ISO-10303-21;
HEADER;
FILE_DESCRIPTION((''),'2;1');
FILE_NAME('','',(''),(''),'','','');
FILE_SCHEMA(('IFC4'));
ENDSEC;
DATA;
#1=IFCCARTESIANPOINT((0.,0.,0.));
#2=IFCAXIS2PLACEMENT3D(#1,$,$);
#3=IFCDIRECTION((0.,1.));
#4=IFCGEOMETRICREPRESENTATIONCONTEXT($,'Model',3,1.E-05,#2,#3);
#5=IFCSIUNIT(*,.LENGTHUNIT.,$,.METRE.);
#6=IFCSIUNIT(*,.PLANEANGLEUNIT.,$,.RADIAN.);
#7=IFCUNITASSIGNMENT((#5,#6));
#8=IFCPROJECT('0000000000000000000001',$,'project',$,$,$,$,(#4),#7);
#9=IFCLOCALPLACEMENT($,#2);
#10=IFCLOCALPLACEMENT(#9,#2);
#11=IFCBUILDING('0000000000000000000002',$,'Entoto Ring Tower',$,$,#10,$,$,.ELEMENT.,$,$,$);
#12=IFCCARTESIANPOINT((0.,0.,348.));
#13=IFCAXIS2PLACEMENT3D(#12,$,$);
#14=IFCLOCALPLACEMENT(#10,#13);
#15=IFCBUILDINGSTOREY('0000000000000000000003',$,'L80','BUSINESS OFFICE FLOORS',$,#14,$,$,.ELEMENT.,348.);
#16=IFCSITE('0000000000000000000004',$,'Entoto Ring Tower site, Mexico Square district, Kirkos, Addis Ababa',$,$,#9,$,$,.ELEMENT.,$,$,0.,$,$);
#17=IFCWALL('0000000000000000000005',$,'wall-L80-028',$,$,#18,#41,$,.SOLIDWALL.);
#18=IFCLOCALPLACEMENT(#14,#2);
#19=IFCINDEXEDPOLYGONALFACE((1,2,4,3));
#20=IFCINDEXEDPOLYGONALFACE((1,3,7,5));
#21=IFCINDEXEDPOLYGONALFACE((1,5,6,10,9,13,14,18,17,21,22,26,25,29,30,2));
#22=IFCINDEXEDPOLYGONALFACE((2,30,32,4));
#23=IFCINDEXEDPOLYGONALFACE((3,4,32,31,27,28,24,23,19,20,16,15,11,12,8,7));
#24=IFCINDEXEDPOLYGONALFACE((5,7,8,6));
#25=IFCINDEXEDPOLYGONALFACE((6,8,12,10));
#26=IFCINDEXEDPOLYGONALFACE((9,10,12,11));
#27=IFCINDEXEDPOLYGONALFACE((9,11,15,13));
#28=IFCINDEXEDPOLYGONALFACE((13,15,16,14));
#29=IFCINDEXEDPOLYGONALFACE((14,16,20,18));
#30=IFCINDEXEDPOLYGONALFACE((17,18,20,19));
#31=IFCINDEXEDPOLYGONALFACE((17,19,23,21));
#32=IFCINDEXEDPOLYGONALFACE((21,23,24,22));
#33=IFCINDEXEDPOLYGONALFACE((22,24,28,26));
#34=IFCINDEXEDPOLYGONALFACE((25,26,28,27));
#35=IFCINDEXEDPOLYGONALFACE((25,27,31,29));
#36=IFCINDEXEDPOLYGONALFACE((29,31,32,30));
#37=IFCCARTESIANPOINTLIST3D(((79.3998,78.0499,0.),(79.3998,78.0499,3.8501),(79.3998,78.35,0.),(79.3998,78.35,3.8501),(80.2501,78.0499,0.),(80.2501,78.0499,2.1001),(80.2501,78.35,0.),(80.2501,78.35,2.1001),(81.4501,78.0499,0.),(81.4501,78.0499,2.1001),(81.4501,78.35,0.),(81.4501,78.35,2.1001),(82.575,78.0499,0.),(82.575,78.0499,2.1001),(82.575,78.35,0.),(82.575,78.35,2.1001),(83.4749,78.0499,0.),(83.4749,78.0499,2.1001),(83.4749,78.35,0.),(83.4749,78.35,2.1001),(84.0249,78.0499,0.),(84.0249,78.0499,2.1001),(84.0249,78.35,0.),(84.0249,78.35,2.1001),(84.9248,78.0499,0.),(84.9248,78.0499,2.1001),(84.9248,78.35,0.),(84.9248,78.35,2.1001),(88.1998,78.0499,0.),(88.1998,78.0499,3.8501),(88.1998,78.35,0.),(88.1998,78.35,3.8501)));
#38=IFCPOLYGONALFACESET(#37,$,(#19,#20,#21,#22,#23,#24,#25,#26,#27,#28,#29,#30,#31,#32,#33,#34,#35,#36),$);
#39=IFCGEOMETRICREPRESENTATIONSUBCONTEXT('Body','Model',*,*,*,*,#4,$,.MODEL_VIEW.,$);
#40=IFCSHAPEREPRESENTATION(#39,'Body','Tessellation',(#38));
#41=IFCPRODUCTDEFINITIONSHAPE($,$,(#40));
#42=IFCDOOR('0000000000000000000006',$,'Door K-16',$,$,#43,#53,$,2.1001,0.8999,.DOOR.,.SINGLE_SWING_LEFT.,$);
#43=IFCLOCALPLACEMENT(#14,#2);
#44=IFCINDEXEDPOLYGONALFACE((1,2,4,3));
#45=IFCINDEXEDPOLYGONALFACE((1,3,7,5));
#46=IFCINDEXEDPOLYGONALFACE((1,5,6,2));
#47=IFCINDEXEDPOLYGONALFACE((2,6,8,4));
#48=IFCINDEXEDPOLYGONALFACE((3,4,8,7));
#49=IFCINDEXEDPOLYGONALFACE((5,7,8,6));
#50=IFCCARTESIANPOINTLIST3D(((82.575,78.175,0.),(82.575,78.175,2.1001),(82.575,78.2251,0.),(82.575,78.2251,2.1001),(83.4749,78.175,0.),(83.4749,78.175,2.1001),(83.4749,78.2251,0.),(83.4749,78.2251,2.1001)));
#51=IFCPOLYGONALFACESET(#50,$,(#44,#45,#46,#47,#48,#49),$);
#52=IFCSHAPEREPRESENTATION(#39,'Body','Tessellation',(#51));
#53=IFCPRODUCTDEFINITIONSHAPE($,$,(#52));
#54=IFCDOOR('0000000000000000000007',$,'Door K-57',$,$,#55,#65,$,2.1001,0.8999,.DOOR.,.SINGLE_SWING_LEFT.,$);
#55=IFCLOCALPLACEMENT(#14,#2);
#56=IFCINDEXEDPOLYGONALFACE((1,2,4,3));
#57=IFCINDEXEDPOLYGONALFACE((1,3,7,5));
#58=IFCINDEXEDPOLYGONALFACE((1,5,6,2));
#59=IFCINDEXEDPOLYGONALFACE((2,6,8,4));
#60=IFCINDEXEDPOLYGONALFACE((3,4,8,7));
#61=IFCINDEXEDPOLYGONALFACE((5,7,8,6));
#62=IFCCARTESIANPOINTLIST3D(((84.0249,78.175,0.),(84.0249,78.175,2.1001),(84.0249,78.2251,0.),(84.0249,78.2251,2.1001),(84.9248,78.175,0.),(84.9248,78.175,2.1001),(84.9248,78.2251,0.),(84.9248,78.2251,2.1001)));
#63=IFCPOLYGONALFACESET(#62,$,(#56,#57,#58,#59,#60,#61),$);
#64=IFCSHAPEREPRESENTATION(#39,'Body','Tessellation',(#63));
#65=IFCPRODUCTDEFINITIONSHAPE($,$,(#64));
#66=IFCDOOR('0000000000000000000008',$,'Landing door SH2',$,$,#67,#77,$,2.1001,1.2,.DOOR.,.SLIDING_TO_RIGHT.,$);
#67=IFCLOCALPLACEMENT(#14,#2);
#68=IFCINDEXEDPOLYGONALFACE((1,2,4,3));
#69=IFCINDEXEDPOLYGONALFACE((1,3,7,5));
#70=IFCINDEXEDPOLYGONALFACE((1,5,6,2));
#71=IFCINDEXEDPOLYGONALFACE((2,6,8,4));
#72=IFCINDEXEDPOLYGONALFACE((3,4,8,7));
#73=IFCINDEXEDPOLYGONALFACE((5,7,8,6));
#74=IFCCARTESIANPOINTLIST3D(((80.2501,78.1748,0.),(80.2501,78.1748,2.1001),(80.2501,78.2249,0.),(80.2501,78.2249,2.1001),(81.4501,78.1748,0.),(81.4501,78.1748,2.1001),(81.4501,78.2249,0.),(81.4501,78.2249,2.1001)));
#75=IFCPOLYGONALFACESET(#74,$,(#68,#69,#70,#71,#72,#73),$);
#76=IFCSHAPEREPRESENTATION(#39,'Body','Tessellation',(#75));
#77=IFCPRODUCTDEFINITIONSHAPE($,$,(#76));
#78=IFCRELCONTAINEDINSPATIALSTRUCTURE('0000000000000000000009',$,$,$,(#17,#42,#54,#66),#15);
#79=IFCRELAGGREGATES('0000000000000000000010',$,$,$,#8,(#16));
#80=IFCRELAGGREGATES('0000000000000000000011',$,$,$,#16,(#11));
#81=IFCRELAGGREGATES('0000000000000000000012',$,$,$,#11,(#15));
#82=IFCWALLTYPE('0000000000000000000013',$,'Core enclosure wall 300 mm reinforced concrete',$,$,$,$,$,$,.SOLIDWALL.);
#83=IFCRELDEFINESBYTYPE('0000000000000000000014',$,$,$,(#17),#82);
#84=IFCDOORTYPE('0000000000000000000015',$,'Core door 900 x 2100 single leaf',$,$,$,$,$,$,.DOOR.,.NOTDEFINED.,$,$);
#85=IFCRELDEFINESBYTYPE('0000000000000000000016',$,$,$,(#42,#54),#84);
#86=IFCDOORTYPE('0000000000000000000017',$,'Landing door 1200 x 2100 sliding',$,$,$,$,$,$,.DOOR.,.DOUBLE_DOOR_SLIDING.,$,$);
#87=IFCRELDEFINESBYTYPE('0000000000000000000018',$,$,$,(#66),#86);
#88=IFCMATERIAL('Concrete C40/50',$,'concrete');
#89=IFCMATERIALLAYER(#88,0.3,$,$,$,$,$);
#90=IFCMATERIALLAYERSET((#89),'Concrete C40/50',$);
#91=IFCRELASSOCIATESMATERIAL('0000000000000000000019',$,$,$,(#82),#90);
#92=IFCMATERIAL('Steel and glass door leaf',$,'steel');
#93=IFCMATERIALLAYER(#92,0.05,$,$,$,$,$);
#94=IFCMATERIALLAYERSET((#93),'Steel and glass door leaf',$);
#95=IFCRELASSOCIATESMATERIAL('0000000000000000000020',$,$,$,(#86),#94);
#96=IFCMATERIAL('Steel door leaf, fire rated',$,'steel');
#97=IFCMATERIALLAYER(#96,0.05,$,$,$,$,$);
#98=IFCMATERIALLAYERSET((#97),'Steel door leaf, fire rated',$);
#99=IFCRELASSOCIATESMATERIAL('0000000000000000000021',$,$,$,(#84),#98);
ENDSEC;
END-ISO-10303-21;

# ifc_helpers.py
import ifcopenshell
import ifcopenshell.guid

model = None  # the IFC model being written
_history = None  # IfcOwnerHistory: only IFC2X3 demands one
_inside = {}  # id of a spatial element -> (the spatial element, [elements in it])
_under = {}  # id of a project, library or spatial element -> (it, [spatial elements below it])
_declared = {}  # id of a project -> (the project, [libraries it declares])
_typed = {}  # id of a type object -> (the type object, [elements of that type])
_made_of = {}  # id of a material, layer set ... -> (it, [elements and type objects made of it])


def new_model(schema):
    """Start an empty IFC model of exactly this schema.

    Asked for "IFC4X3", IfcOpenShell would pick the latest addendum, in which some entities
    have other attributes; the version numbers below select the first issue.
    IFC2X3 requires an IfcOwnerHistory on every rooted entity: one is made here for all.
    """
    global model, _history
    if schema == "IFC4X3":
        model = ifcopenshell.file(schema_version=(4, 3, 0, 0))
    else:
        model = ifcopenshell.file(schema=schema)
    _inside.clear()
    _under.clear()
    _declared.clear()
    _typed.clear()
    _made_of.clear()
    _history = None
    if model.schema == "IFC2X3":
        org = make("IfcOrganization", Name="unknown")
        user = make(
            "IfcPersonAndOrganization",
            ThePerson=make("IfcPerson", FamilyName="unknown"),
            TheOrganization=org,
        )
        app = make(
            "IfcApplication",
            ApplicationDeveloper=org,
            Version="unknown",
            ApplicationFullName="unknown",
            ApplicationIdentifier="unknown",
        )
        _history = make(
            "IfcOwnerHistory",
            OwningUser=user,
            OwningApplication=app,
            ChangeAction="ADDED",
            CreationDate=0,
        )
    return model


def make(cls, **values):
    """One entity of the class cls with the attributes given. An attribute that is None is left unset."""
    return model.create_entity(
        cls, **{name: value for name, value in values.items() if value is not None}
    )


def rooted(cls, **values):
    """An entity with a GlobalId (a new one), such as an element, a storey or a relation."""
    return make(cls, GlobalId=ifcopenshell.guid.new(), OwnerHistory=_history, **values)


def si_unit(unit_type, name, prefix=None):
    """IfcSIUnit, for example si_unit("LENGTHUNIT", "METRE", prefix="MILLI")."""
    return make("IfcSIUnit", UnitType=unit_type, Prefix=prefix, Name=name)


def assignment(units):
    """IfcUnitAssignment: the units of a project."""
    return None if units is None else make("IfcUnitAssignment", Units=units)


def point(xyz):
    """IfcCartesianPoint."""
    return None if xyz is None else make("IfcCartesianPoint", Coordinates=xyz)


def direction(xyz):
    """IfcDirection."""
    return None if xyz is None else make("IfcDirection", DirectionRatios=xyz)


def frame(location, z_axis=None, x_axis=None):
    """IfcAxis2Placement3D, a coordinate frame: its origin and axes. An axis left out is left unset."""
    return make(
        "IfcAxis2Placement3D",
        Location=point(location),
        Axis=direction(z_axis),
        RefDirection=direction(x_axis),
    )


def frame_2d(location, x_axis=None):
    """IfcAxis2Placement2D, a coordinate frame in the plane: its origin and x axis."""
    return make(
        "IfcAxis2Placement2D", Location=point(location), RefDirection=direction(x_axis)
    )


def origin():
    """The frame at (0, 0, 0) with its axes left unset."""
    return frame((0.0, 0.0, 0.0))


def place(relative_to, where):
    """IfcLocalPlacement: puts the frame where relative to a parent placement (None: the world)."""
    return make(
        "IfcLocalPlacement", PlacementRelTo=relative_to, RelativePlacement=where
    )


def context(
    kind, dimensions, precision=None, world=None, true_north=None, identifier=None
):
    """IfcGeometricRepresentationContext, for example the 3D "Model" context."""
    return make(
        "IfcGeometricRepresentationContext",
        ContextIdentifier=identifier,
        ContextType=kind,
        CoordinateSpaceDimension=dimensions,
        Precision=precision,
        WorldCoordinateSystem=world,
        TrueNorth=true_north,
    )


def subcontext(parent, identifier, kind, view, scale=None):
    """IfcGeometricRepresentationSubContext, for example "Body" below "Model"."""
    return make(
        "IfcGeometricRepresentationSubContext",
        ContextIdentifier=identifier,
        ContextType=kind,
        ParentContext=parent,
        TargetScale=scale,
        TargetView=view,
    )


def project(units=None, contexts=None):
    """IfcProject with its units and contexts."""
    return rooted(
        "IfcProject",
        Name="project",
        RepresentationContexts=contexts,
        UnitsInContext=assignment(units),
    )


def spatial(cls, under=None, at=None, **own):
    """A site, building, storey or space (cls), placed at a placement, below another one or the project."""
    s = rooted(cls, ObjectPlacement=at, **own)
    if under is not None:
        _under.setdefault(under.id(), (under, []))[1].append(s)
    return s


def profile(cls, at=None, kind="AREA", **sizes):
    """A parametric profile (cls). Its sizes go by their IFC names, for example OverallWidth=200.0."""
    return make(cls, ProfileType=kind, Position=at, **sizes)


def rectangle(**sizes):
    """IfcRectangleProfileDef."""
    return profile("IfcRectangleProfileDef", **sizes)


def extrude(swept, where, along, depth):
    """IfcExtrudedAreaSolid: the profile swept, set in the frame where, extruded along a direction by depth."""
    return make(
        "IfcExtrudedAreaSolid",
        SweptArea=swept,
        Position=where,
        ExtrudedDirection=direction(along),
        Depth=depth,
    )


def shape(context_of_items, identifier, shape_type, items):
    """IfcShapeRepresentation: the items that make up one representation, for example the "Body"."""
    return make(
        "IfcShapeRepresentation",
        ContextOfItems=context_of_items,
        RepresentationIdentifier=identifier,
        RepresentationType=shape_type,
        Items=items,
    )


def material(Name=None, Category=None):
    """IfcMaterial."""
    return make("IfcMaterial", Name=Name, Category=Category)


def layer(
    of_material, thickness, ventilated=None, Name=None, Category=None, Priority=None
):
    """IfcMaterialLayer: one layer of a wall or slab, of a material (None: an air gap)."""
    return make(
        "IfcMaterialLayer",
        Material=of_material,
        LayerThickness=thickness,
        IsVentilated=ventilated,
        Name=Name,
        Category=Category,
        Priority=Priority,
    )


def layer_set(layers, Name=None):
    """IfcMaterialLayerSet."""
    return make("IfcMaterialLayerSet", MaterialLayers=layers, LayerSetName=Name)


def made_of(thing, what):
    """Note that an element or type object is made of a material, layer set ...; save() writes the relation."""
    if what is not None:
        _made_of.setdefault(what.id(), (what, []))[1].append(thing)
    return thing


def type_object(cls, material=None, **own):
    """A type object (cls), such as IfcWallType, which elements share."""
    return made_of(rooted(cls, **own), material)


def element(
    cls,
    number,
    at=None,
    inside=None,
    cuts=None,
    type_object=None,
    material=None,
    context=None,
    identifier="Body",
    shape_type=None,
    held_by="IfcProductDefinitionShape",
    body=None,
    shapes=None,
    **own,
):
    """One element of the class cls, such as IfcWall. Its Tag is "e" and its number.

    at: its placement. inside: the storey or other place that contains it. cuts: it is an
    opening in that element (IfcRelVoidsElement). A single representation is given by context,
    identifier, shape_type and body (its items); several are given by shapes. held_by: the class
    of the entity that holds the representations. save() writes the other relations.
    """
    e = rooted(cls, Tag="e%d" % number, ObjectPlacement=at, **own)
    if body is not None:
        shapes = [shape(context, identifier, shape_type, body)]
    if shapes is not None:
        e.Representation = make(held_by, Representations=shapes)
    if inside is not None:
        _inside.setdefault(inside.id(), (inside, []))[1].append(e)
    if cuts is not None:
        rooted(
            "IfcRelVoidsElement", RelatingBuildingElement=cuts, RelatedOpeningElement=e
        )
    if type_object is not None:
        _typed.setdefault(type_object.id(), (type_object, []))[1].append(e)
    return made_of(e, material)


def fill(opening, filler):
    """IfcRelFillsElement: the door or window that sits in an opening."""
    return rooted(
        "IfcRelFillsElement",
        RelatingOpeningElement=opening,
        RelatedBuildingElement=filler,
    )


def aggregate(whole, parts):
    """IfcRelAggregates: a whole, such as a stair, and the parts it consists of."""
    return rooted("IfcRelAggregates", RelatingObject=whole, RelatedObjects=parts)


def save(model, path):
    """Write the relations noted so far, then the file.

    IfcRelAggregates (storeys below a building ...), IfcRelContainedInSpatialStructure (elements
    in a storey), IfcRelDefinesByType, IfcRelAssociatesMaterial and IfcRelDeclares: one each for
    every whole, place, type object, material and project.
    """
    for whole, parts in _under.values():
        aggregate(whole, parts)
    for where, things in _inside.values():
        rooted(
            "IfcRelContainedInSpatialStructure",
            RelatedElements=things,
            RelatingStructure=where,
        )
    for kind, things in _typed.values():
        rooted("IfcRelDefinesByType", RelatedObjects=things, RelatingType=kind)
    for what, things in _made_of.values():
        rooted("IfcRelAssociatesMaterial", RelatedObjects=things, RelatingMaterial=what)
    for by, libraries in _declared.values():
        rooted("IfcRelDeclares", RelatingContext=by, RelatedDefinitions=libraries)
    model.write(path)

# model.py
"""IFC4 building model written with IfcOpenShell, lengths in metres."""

from ifc_helpers import new_model, si_unit, direction, frame, frame_2d, origin, place, context, subcontext, project, spatial, rectangle, extrude, material, layer, layer_set, type_object, element, fill, save


model = new_model("IFC4")

# Units and contexts
model_context = context("Model", 3, precision=1e-05, world=origin(), true_north=direction((0.0, 1.0)))
body_context = subcontext(model_context, "Body", "Model", "MODEL_VIEW")
ifc_project = project(units=[si_unit("LENGTHUNIT", "METRE"), si_unit("PLANEANGLEUNIT", "RADIAN")], contexts=[model_context])

# Site, building, storey
site_placement = place(None, origin())
site = spatial("IfcSite", under=ifc_project, at=site_placement, Name="Entoto Ring Tower site, Mexico Square district, Kirkos, Addis Ababa", CompositionType="ELEMENT", RefElevation=0.0)
building_placement = place(site_placement, origin())
building = spatial("IfcBuilding", under=site, at=building_placement, Name="Entoto Ring Tower", CompositionType="ELEMENT")
storey_placement = place(building_placement, frame((0.0, 0.0, 348.0)))
storey = spatial("IfcBuildingStorey", under=building, at=storey_placement, Name="L80", Description="BUSINESS OFFICE FLOORS", CompositionType="ELEMENT", Elevation=348.0)

# Shared definitions
ifc_material_1 = material(Name="Concrete C40/50", Category="concrete")
ifc_layer_1 = layer(ifc_material_1, 0.3)
ifc_layer_set_1 = layer_set([ifc_layer_1], Name="Concrete C40/50")
wall_type = type_object("IfcWallType", Name="Core enclosure wall 300 mm reinforced concrete", PredefinedType="SOLIDWALL", material=ifc_layer_set_1)
ifc_material_2 = material(Name="Steel and glass door leaf", Category="steel")
ifc_layer_2 = layer(ifc_material_2, 0.05)
ifc_layer_set_2 = layer_set([ifc_layer_2], Name="Steel and glass door leaf")
door_type_1 = type_object("IfcDoorType", Name="Landing door 1200 x 2100 sliding", OperationType="DOUBLE_DOOR_SLIDING", PredefinedType="DOOR", material=ifc_layer_set_2)

# Wall, openings, doors
wall_1_placement = place(storey_placement, frame((79.3999, 78.2, 0.0), z_axis=(0.0, 0.0, 1.0), x_axis=(1.0, 0.0, 0.0)))
wall_1 = element("IfcWall", 1, at=wall_1_placement, inside=storey, type_object=wall_type, Name="wall-L80-028", PredefinedType="SOLIDWALL", context=body_context, shape_type="SweptSolid", body=[
    extrude(rectangle(XDim=8.8, YDim=0.3, at=frame_2d((4.3999, 0.0))), origin(), (0.0, 0.0, 1.0), 3.8501),
])
opening_1_placement = place(wall_1_placement, frame((0.8501, 0.0, 0.0)))
opening_1 = element("IfcOpeningElement", 2, at=opening_1_placement, cuts=wall_1, PredefinedType="OPENING", context=body_context, shape_type="SweptSolid", body=[
    extrude(rectangle(XDim=1.2, YDim=2.1001, at=frame_2d((0.6001, 1.05))), frame((0.0, 0.1602, 0.0), z_axis=(0.0, -1.0, 0.0), x_axis=(1.0, 0.0, 0.0)), (0.0, 0.0, 1.0), 0.3201),
])
opening_2_placement = place(wall_1_placement, frame((3.175, 0.0, 0.0)))
opening_2 = element("IfcOpeningElement", 3, at=opening_2_placement, cuts=wall_1, PredefinedType="OPENING", context=body_context, shape_type="SweptSolid", body=[
    extrude(rectangle(XDim=0.8999, YDim=2.1001, at=frame_2d((0.45, 1.05))), frame((0.0, 0.1602, 0.0), z_axis=(0.0, -1.0, 0.0), x_axis=(1.0, 0.0, 0.0)), (0.0, 0.0, 1.0), 0.3201),
])
opening_3_placement = place(wall_1_placement, frame((4.625, 0.0, 0.0)))
opening_3 = element("IfcOpeningElement", 4, at=opening_3_placement, cuts=wall_1, PredefinedType="OPENING", context=body_context, shape_type="SweptSolid", body=[
    extrude(rectangle(XDim=0.8999, YDim=2.1001, at=frame_2d((0.45, 1.05))), frame((0.0, 0.1602, 0.0), z_axis=(0.0, -1.0, 0.0), x_axis=(1.0, 0.0, 0.0)), (0.0, 0.0, 1.0), 0.3201),
])
ifc_material_3 = material(Name="Steel door leaf, fire rated", Category="steel")
ifc_layer_3 = layer(ifc_material_3, 0.05)
ifc_layer_set_3 = layer_set([ifc_layer_3], Name="Steel door leaf, fire rated")
door_type_2 = type_object("IfcDoorType", Name="Core door 900 x 2100 single leaf", OperationType="NOTDEFINED", PredefinedType="DOOR", material=ifc_layer_set_3)
door_1_placement = place(opening_2_placement, frame((0.8999, 0.0, 0.0), z_axis=(0.0, 0.0, 1.0), x_axis=(-1.0, 0.0, 0.0)))
door_1 = element("IfcDoor", 5, at=door_1_placement, inside=storey, type_object=door_type_2, Name="Door K-16", OperationType="SINGLE_SWING_LEFT", OverallHeight=2.1001, OverallWidth=0.8999, PredefinedType="DOOR", context=body_context, shape_type="SweptSolid", body=[
    extrude(rectangle(XDim=0.8999, YDim=2.1001, at=frame_2d((0.45, 1.05))), frame((0.0, 0.0249, 0.0), z_axis=(0.0, -1.0, 0.0), x_axis=(1.0, 0.0, 0.0)), (0.0, 0.0, 1.0), 0.05),
])
fill(opening_2, door_1)
door_2_placement = place(opening_3_placement, frame((0.8999, 0.0, 0.0), z_axis=(0.0, 0.0, 1.0), x_axis=(-1.0, 0.0, 0.0)))
door_2 = element("IfcDoor", 6, at=door_2_placement, inside=storey, type_object=door_type_2, Name="Door K-57", OperationType="SINGLE_SWING_LEFT", OverallHeight=2.1001, OverallWidth=0.8999, PredefinedType="DOOR", context=body_context, shape_type="SweptSolid", body=[
    extrude(rectangle(XDim=0.8999, YDim=2.1001, at=frame_2d((0.45, 1.05))), frame((0.0, 0.0249, 0.0), z_axis=(0.0, -1.0, 0.0), x_axis=(1.0, 0.0, 0.0)), (0.0, 0.0, 1.0), 0.05),
])
fill(opening_3, door_2)
door_3_placement = place(opening_1_placement, origin())
door_3 = element("IfcDoor", 7, at=door_3_placement, inside=storey, type_object=door_type_1, Name="Landing door SH2", OperationType="SLIDING_TO_RIGHT", OverallHeight=2.1001, OverallWidth=1.2, PredefinedType="DOOR", context=body_context, shape_type="SweptSolid", body=[
    extrude(rectangle(XDim=1.2, YDim=2.1001, at=frame_2d((0.6001, 1.05))), frame((0.0, 0.0249, 0.0), z_axis=(0.0, -1.0, 0.0), x_axis=(1.0, 0.0, 0.0)), (0.0, 0.0, 1.0), 0.05),
])
fill(opening_1, door_3)

save(model, "model.ifc")
